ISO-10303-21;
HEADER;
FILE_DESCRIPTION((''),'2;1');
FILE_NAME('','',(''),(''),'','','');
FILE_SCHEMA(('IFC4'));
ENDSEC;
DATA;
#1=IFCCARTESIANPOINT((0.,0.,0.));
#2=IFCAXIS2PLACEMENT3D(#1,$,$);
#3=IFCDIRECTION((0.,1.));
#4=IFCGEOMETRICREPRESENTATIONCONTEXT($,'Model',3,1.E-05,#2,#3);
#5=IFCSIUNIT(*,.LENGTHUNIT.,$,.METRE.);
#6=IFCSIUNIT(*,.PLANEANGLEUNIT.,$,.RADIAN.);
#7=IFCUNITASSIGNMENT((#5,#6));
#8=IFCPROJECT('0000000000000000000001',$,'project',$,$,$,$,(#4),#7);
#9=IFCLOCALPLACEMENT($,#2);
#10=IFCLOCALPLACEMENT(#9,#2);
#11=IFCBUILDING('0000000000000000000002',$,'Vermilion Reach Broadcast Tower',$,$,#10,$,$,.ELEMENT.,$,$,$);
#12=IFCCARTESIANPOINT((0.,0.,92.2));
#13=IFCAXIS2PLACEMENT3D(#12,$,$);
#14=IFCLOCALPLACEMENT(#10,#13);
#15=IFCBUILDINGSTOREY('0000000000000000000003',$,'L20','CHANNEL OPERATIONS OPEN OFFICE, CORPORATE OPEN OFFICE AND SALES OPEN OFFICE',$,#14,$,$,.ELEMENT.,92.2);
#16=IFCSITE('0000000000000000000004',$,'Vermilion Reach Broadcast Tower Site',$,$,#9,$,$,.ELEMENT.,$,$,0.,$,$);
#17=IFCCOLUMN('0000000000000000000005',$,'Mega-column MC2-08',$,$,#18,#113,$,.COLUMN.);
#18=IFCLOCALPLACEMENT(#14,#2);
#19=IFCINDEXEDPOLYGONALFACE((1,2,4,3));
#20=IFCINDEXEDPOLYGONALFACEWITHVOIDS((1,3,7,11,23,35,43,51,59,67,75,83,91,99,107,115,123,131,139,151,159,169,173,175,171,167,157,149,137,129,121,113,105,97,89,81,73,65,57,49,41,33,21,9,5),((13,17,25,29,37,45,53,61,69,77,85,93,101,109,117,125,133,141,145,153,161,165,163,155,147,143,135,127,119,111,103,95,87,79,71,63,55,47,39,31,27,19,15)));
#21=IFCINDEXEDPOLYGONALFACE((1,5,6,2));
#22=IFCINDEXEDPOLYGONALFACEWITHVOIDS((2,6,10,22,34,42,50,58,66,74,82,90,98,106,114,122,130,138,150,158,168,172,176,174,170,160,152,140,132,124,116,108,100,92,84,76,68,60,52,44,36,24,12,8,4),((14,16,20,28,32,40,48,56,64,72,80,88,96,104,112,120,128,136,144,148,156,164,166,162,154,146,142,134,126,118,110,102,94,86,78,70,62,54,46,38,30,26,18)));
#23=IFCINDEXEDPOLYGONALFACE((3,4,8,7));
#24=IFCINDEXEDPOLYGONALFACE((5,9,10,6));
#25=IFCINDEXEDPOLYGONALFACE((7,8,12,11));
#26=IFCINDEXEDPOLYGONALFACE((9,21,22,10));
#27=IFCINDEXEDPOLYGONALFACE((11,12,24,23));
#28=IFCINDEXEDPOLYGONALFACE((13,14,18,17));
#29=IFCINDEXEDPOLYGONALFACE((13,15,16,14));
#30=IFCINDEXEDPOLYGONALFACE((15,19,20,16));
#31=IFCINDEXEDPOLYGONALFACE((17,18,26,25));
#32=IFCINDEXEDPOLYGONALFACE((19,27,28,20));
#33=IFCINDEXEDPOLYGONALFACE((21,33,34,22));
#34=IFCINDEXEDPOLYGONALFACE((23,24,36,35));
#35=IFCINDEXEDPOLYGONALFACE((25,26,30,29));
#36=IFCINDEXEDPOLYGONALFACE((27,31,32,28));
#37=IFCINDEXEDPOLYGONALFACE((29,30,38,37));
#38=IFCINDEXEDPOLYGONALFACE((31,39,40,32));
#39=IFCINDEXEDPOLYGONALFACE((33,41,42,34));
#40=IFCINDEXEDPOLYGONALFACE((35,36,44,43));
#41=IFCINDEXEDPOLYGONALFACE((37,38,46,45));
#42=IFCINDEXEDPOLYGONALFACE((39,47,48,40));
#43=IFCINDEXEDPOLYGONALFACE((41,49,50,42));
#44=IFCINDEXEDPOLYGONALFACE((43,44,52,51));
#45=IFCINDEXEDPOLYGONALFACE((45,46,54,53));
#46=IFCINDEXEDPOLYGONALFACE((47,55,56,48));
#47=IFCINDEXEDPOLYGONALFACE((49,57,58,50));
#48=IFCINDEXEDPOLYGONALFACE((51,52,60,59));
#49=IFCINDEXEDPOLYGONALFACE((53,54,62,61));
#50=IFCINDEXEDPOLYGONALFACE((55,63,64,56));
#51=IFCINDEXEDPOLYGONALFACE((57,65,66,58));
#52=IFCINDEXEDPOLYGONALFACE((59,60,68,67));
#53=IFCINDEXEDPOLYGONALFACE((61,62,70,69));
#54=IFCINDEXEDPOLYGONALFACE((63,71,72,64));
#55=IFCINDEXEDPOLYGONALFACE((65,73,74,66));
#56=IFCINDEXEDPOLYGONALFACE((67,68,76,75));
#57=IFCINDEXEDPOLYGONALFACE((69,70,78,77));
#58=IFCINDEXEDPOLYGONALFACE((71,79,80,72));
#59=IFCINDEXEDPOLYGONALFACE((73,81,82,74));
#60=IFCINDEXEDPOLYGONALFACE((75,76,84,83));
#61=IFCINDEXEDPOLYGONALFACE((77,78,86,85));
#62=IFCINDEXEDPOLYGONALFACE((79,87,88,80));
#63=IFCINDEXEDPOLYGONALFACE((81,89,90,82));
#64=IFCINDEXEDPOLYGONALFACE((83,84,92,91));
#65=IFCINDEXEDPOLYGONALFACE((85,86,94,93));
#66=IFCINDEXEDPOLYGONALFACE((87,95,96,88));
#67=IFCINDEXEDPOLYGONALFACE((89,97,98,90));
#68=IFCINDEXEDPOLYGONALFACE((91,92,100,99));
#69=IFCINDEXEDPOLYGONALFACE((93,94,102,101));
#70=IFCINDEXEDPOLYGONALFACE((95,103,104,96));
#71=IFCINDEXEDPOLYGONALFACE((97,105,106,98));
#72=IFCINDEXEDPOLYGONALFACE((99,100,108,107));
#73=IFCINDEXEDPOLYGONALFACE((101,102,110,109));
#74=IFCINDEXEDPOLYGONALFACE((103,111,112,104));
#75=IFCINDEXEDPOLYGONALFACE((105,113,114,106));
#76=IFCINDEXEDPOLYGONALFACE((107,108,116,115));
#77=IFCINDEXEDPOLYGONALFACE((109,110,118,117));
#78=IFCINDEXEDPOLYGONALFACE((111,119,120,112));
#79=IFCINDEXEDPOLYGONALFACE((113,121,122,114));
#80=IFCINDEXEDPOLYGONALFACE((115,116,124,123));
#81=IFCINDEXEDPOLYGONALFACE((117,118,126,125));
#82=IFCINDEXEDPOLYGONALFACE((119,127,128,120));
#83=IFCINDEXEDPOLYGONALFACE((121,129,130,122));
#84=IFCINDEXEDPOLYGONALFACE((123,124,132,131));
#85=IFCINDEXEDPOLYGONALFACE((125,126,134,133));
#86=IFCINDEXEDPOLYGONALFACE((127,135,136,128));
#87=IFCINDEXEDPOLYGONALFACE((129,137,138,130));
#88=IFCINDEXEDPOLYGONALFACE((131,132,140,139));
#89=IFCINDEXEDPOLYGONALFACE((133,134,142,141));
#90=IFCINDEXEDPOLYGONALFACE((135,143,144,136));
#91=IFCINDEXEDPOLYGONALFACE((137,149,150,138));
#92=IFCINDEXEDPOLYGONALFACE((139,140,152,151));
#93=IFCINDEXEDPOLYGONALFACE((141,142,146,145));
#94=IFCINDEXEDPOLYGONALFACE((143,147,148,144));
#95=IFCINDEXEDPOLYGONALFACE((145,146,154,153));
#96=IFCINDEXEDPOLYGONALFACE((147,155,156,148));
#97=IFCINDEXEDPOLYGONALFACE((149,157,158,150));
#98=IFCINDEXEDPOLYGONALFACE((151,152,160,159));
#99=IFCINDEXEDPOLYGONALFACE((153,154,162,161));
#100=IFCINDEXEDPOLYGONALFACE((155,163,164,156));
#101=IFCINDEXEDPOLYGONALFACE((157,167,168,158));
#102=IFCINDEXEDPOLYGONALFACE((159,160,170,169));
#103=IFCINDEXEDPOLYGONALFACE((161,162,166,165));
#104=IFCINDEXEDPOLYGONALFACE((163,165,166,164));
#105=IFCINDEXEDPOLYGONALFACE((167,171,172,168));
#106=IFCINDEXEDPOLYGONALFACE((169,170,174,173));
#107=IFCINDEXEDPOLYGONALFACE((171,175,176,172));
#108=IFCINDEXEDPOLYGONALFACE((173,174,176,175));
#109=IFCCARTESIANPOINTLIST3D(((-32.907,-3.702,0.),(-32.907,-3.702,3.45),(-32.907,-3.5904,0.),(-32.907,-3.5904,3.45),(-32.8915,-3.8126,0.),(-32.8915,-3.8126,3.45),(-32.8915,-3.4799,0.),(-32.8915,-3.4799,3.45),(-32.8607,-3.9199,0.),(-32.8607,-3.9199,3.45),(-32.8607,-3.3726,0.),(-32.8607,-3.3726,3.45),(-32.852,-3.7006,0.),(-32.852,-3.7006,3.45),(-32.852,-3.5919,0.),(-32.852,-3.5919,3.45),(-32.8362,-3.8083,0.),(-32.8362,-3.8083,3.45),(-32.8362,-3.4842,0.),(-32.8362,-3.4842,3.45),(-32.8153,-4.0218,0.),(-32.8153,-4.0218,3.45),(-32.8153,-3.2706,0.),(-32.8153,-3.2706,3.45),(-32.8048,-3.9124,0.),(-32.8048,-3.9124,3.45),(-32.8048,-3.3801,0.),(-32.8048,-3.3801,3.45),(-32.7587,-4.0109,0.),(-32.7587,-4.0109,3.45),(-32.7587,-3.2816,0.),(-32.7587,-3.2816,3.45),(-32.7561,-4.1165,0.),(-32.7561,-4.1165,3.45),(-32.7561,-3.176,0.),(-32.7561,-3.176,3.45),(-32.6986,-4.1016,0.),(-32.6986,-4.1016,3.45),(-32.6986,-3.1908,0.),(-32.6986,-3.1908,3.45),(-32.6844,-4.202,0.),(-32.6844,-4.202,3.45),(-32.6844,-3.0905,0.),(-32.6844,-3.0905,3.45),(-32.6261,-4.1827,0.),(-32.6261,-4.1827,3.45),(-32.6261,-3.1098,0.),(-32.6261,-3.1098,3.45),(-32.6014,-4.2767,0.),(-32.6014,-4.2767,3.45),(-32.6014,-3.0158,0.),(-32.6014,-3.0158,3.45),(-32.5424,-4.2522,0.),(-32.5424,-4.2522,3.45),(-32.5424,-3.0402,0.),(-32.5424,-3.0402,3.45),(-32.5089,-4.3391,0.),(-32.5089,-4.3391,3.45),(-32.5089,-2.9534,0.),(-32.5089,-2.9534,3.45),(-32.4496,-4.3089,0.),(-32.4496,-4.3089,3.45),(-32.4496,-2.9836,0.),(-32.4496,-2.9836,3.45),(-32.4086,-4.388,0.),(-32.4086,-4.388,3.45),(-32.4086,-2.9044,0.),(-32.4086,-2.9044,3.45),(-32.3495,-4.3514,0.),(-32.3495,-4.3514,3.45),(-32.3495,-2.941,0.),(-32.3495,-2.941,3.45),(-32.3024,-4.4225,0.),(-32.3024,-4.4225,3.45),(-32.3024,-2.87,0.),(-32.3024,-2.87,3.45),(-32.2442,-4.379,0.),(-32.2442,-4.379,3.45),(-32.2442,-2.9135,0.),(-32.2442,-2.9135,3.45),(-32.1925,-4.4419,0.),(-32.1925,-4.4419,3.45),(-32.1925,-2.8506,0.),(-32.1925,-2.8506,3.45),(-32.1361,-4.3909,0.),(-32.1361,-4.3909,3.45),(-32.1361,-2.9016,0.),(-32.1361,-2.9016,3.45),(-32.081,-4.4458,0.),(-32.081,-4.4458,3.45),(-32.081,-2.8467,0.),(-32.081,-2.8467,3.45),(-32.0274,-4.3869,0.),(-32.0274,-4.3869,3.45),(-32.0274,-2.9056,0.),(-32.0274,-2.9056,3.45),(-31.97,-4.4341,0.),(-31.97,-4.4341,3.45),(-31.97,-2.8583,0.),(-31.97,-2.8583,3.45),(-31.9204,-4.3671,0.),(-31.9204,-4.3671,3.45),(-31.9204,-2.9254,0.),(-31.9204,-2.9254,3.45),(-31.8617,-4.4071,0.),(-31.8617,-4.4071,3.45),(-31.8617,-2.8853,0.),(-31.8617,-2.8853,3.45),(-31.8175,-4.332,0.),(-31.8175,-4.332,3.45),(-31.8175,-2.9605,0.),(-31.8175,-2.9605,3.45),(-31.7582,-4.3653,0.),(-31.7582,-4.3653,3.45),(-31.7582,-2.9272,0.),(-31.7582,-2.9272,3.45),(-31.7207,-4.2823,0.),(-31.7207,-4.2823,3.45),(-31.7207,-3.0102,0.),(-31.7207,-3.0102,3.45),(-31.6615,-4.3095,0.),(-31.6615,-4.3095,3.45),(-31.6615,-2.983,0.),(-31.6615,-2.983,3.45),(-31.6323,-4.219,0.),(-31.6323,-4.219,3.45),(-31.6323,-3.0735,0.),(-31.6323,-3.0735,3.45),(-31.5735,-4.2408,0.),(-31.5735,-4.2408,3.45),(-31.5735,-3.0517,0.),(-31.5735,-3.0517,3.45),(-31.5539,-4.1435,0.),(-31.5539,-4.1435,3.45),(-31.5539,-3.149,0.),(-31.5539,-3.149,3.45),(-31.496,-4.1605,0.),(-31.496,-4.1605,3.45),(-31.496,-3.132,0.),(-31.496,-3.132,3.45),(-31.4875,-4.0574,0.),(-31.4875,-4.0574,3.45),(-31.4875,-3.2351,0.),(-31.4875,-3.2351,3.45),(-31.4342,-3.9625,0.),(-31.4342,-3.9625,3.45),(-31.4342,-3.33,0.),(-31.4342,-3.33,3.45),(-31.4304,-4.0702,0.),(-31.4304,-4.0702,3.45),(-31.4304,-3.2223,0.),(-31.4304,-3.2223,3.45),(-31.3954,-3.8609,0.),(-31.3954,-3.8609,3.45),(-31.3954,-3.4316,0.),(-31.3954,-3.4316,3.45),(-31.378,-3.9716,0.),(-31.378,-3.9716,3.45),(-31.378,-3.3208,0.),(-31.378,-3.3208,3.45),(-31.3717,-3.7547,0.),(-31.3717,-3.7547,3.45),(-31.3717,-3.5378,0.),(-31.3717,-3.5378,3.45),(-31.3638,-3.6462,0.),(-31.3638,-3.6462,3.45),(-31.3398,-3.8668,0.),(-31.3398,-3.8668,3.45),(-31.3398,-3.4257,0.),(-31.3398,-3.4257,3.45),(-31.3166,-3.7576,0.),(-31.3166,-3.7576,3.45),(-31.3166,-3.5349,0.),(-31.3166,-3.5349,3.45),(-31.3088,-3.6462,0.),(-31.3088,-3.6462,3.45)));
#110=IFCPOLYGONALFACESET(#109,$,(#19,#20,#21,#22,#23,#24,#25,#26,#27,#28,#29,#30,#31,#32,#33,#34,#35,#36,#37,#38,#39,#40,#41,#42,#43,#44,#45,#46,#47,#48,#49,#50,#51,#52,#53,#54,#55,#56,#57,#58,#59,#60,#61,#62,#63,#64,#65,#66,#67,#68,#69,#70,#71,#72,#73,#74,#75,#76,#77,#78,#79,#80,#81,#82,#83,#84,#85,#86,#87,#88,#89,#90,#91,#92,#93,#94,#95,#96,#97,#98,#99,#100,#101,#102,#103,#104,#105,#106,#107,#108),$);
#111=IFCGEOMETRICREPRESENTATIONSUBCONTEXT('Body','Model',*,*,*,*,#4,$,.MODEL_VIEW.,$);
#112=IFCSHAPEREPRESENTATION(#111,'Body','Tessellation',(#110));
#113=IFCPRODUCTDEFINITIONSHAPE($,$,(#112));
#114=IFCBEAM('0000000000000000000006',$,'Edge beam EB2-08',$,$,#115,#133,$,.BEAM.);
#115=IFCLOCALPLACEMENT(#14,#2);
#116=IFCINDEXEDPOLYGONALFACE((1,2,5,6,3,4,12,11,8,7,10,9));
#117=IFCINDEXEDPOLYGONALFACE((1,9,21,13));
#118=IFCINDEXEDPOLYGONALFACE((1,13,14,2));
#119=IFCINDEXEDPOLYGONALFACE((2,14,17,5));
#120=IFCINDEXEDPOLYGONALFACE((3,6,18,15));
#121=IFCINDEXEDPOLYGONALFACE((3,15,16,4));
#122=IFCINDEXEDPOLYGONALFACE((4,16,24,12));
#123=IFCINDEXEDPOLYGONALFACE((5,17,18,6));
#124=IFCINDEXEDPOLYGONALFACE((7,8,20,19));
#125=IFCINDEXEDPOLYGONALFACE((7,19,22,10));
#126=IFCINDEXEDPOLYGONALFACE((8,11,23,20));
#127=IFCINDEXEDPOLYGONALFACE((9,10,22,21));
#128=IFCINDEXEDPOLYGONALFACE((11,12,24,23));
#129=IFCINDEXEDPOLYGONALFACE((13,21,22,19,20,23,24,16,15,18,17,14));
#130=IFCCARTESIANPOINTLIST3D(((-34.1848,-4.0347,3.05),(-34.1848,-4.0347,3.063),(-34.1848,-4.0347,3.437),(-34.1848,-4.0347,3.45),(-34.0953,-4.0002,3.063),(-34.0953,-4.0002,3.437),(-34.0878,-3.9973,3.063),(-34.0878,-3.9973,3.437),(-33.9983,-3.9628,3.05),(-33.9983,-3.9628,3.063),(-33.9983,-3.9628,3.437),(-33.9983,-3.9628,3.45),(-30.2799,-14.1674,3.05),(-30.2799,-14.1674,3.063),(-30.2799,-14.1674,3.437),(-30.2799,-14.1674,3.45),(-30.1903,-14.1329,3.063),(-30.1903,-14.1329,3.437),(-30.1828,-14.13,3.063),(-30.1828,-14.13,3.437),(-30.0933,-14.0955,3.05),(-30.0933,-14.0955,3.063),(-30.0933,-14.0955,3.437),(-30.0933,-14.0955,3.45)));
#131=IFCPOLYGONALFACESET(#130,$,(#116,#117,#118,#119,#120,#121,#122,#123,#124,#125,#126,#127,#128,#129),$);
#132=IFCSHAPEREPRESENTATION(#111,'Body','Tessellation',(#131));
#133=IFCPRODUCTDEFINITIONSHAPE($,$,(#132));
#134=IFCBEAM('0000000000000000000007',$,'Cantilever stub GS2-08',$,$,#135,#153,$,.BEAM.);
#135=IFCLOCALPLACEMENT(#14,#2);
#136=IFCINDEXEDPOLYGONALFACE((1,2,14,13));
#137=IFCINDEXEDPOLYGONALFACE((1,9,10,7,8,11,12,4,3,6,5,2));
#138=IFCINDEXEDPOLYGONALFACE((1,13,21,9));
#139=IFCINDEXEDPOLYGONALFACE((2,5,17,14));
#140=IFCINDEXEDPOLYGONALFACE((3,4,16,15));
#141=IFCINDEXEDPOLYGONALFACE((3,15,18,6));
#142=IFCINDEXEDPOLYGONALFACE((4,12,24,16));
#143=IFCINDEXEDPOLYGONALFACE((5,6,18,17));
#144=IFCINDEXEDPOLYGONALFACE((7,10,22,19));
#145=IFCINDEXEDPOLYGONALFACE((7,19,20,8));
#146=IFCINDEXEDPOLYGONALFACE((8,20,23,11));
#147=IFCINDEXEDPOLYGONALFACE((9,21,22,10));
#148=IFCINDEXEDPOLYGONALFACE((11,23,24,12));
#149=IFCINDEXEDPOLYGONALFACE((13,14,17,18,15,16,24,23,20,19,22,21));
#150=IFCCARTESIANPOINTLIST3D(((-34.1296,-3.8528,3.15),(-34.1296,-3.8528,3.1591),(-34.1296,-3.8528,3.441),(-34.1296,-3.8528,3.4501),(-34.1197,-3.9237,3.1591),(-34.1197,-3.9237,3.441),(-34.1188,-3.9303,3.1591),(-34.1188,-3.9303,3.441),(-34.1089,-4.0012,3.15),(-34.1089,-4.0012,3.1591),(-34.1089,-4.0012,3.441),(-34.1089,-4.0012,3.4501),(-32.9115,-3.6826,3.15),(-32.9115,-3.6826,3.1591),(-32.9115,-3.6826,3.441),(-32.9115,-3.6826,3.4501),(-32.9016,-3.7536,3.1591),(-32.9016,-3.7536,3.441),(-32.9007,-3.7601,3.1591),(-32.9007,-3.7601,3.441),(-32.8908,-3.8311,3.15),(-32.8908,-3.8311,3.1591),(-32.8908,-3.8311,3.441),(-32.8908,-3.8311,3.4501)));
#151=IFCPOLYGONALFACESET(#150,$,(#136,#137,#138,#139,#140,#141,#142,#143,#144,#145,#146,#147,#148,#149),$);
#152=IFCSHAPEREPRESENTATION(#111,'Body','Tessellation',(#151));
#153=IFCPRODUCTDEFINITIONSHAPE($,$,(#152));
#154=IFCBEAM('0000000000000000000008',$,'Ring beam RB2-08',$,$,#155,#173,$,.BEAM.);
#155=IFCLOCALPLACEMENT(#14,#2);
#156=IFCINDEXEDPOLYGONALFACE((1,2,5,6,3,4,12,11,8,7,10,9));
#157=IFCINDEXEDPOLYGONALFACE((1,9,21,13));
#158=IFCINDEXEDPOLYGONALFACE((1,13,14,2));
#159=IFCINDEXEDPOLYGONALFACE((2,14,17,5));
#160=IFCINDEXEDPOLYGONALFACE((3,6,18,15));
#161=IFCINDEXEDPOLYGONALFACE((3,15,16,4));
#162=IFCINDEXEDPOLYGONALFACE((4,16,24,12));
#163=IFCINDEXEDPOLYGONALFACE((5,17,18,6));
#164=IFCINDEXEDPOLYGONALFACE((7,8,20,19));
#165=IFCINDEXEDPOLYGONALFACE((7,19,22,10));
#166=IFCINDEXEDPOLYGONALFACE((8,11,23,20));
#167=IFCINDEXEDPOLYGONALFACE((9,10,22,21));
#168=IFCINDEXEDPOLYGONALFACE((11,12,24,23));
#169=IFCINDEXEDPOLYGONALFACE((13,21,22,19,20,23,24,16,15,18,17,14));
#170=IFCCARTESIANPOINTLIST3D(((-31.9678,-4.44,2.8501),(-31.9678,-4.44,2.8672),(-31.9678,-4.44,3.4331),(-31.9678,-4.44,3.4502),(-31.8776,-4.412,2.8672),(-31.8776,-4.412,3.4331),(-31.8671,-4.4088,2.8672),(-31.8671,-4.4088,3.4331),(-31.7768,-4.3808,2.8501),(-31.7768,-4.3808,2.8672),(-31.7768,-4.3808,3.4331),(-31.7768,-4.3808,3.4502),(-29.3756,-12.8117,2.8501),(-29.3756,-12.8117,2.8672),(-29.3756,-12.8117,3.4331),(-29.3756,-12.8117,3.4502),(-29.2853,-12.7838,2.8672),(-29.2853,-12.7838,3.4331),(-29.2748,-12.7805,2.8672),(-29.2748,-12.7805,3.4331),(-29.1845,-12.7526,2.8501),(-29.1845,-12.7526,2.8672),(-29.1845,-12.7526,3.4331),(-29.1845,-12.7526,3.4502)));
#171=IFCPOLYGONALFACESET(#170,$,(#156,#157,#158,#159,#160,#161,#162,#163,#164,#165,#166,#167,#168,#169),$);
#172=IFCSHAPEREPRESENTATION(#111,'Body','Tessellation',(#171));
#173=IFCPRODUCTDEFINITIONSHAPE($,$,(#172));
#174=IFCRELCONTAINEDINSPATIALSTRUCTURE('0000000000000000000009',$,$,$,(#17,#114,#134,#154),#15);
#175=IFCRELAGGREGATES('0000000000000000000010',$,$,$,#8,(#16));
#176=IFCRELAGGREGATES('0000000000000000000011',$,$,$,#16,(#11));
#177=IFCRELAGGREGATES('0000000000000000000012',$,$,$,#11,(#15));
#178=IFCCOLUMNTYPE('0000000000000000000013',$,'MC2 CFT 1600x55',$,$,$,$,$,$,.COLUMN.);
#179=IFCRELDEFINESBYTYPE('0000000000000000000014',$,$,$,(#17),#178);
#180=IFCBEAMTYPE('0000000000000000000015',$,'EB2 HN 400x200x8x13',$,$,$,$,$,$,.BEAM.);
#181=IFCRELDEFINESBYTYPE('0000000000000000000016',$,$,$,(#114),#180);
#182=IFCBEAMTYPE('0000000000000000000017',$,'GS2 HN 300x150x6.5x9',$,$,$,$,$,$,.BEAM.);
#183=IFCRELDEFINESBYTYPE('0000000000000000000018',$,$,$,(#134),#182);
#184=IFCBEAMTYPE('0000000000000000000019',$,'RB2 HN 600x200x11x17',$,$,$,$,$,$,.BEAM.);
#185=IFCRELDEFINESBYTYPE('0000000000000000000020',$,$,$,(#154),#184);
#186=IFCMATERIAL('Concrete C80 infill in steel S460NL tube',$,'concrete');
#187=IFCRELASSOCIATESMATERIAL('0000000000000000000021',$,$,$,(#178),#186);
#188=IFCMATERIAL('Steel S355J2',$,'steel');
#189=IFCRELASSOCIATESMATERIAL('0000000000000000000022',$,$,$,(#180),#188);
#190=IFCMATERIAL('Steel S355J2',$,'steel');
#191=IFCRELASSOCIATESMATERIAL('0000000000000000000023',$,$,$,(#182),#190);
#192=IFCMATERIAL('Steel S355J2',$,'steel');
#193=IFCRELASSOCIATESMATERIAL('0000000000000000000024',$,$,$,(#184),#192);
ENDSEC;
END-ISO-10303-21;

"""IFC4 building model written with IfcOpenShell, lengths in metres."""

from ifc_helpers import new_model, si_unit, direction, frame, origin, origin_2d, place, context, subcontext, project, spatial, hollow_circle, i_section, extrude, material, material_profile, profile_set, type_object, element, save


model = new_model("IFC4")

# Units and contexts
model_context = context("Model", 3, precision=1e-05, world=origin(), true_north=direction((0.0, 1.0)))
body_context = subcontext(model_context, "Body", "Model", "MODEL_VIEW")
ifc_project = project(units=[si_unit("LENGTHUNIT", "METRE"), si_unit("PLANEANGLEUNIT", "RADIAN")], contexts=[model_context])

# Site, building, storey
site_placement = place(None, origin())
site = spatial("IfcSite", under=ifc_project, at=site_placement, Name="Vermilion Reach Broadcast Tower Site", CompositionType="ELEMENT", RefElevation=0.0)
building_placement = place(site_placement, origin())
building = spatial("IfcBuilding", under=site, at=building_placement, Name="Vermilion Reach Broadcast Tower", CompositionType="ELEMENT")
storey_placement = place(building_placement, frame((0.0, 0.0, 92.2)))
storey = spatial("IfcBuildingStorey", under=building, at=storey_placement, Name="L20", Description="CHANNEL OPERATIONS OPEN OFFICE, CORPORATE OPEN OFFICE AND SALES OPEN OFFICE", CompositionType="ELEMENT", Elevation=92.2)

# Column
ifc_material_1 = material(Name="Concrete C80 infill in steel S460NL tube", Category="concrete")
ifc_material_profile_1 = material_profile(ifc_material_1, hollow_circle(Radius=0.8, WallThickness=0.0549, at=origin_2d()), Name="Concrete C80 infill in steel S460NL tube CFT 1600x55")
ifc_profile_set_1 = profile_set([ifc_material_profile_1], Name="Concrete C80 infill in steel S460NL tube")
column_type = type_object("IfcColumnType", Name="MC2 CFT 1600x55", PredefinedType="COLUMN", material=ifc_profile_set_1)
column_placement = place(storey_placement, frame((-32.1089, -3.6462, 0.0), z_axis=(0.0, 0.0, 1.0), x_axis=(1.0, 0.0, 0.0)))
element("IfcColumn", 1, at=column_placement, inside=storey, type_object=column_type, Name="Mega-column MC2-08", PredefinedType="COLUMN", context=body_context, shape_type="SweptSolid", body=[
    extrude(hollow_circle(Radius=0.8, WallThickness=0.0549, at=origin_2d()), origin(), (0.0, 0.0, 1.0), 3.45),
])

# Beams
ifc_material_2 = material(Name="Steel S355J2", Category="steel")
ifc_material_profile_2 = material_profile(ifc_material_2, i_section(OverallWidth=0.2, OverallDepth=0.3999, WebThickness=0.0081, FlangeThickness=0.0129, at=origin_2d()), Name="S355J2 HN 400x200x8x13")
ifc_profile_set_2 = profile_set([ifc_material_profile_2], Name="Steel S355J2")
beam_type_1 = type_object("IfcBeamType", Name="EB2 HN 400x200x8x13", PredefinedType="BEAM", material=ifc_profile_set_2)
beam_1_placement = place(storey_placement, frame((-34.0916, -3.9988, 3.25), z_axis=(0.359604, -0.933105, 0.0), x_axis=(0.933105, 0.359604, 0.0)))
element("IfcBeam", 2, at=beam_1_placement, inside=storey, type_object=beam_type_1, Name="Edge beam EB2-08", PredefinedType="BEAM", context=body_context, shape_type="SweptSolid", body=[
    extrude(i_section(OverallWidth=0.2, OverallDepth=0.3999, WebThickness=0.0081, FlangeThickness=0.0129, at=origin_2d()), origin(), (0.0, 0.0, 1.0), 10.8591),
])
ifc_material_3 = material(Name="Steel S355J2", Category="steel")
ifc_material_profile_3 = material_profile(ifc_material_3, i_section(OverallWidth=0.1499, OverallDepth=0.3, WebThickness=0.0066, FlangeThickness=0.009, at=origin_2d()), Name="S355J2 HN 300x150x6.5x9")
ifc_profile_set_3 = profile_set([ifc_material_profile_3], Name="Steel S355J2")
beam_type_2 = type_object("IfcBeamType", Name="GS2 HN 300x150x6.5x9", PredefinedType="BEAM", material=ifc_profile_set_3)
beam_2_placement = place(storey_placement, frame((-32.9011, -3.7568, 3.3), z_axis=(-0.990385, -0.138336, 0.0), x_axis=(0.138336, -0.990385, 0.0)))
element("IfcBeam", 3, at=beam_2_placement, inside=storey, type_object=beam_type_2, Name="Cantilever stub GS2-08", PredefinedType="BEAM", context=body_context, shape_type="SweptSolid", body=[
    extrude(i_section(OverallWidth=0.1499, OverallDepth=0.3, WebThickness=0.0066, FlangeThickness=0.009, at=origin_2d()), origin(), (0.0, 0.0, 1.0), 1.23),
])
ifc_material_4 = material(Name="Steel S355J2", Category="steel")
ifc_material_profile_4 = material_profile(ifc_material_4, i_section(OverallWidth=0.2, OverallDepth=0.6001, WebThickness=0.011, FlangeThickness=0.0171, at=origin_2d()), Name="S355J2 HN 600x200x11x17")
ifc_profile_set_4 = profile_set([ifc_material_profile_4], Name="Steel S355J2")
beam_type_3 = type_object("IfcBeamType", Name="RB2 HN 600x200x11x17", PredefinedType="BEAM", material=ifc_profile_set_4)
beam_3_placement = place(storey_placement, frame((-31.8723, -4.4104, 3.1501), z_axis=(0.295788, -0.955253, 0.0), x_axis=(0.955253, 0.295788, 0.0)))
element("IfcBeam", 4, at=beam_3_placement, inside=storey, type_object=beam_type_3, Name="Ring beam RB2-08", PredefinedType="BEAM", context=body_context, shape_type="SweptSolid", body=[
    extrude(i_section(OverallWidth=0.2, OverallDepth=0.6001, WebThickness=0.011, FlangeThickness=0.0171, at=origin_2d()), origin(), (0.0, 0.0, 1.0), 8.7639),
])

save(model, "model.ifc")
